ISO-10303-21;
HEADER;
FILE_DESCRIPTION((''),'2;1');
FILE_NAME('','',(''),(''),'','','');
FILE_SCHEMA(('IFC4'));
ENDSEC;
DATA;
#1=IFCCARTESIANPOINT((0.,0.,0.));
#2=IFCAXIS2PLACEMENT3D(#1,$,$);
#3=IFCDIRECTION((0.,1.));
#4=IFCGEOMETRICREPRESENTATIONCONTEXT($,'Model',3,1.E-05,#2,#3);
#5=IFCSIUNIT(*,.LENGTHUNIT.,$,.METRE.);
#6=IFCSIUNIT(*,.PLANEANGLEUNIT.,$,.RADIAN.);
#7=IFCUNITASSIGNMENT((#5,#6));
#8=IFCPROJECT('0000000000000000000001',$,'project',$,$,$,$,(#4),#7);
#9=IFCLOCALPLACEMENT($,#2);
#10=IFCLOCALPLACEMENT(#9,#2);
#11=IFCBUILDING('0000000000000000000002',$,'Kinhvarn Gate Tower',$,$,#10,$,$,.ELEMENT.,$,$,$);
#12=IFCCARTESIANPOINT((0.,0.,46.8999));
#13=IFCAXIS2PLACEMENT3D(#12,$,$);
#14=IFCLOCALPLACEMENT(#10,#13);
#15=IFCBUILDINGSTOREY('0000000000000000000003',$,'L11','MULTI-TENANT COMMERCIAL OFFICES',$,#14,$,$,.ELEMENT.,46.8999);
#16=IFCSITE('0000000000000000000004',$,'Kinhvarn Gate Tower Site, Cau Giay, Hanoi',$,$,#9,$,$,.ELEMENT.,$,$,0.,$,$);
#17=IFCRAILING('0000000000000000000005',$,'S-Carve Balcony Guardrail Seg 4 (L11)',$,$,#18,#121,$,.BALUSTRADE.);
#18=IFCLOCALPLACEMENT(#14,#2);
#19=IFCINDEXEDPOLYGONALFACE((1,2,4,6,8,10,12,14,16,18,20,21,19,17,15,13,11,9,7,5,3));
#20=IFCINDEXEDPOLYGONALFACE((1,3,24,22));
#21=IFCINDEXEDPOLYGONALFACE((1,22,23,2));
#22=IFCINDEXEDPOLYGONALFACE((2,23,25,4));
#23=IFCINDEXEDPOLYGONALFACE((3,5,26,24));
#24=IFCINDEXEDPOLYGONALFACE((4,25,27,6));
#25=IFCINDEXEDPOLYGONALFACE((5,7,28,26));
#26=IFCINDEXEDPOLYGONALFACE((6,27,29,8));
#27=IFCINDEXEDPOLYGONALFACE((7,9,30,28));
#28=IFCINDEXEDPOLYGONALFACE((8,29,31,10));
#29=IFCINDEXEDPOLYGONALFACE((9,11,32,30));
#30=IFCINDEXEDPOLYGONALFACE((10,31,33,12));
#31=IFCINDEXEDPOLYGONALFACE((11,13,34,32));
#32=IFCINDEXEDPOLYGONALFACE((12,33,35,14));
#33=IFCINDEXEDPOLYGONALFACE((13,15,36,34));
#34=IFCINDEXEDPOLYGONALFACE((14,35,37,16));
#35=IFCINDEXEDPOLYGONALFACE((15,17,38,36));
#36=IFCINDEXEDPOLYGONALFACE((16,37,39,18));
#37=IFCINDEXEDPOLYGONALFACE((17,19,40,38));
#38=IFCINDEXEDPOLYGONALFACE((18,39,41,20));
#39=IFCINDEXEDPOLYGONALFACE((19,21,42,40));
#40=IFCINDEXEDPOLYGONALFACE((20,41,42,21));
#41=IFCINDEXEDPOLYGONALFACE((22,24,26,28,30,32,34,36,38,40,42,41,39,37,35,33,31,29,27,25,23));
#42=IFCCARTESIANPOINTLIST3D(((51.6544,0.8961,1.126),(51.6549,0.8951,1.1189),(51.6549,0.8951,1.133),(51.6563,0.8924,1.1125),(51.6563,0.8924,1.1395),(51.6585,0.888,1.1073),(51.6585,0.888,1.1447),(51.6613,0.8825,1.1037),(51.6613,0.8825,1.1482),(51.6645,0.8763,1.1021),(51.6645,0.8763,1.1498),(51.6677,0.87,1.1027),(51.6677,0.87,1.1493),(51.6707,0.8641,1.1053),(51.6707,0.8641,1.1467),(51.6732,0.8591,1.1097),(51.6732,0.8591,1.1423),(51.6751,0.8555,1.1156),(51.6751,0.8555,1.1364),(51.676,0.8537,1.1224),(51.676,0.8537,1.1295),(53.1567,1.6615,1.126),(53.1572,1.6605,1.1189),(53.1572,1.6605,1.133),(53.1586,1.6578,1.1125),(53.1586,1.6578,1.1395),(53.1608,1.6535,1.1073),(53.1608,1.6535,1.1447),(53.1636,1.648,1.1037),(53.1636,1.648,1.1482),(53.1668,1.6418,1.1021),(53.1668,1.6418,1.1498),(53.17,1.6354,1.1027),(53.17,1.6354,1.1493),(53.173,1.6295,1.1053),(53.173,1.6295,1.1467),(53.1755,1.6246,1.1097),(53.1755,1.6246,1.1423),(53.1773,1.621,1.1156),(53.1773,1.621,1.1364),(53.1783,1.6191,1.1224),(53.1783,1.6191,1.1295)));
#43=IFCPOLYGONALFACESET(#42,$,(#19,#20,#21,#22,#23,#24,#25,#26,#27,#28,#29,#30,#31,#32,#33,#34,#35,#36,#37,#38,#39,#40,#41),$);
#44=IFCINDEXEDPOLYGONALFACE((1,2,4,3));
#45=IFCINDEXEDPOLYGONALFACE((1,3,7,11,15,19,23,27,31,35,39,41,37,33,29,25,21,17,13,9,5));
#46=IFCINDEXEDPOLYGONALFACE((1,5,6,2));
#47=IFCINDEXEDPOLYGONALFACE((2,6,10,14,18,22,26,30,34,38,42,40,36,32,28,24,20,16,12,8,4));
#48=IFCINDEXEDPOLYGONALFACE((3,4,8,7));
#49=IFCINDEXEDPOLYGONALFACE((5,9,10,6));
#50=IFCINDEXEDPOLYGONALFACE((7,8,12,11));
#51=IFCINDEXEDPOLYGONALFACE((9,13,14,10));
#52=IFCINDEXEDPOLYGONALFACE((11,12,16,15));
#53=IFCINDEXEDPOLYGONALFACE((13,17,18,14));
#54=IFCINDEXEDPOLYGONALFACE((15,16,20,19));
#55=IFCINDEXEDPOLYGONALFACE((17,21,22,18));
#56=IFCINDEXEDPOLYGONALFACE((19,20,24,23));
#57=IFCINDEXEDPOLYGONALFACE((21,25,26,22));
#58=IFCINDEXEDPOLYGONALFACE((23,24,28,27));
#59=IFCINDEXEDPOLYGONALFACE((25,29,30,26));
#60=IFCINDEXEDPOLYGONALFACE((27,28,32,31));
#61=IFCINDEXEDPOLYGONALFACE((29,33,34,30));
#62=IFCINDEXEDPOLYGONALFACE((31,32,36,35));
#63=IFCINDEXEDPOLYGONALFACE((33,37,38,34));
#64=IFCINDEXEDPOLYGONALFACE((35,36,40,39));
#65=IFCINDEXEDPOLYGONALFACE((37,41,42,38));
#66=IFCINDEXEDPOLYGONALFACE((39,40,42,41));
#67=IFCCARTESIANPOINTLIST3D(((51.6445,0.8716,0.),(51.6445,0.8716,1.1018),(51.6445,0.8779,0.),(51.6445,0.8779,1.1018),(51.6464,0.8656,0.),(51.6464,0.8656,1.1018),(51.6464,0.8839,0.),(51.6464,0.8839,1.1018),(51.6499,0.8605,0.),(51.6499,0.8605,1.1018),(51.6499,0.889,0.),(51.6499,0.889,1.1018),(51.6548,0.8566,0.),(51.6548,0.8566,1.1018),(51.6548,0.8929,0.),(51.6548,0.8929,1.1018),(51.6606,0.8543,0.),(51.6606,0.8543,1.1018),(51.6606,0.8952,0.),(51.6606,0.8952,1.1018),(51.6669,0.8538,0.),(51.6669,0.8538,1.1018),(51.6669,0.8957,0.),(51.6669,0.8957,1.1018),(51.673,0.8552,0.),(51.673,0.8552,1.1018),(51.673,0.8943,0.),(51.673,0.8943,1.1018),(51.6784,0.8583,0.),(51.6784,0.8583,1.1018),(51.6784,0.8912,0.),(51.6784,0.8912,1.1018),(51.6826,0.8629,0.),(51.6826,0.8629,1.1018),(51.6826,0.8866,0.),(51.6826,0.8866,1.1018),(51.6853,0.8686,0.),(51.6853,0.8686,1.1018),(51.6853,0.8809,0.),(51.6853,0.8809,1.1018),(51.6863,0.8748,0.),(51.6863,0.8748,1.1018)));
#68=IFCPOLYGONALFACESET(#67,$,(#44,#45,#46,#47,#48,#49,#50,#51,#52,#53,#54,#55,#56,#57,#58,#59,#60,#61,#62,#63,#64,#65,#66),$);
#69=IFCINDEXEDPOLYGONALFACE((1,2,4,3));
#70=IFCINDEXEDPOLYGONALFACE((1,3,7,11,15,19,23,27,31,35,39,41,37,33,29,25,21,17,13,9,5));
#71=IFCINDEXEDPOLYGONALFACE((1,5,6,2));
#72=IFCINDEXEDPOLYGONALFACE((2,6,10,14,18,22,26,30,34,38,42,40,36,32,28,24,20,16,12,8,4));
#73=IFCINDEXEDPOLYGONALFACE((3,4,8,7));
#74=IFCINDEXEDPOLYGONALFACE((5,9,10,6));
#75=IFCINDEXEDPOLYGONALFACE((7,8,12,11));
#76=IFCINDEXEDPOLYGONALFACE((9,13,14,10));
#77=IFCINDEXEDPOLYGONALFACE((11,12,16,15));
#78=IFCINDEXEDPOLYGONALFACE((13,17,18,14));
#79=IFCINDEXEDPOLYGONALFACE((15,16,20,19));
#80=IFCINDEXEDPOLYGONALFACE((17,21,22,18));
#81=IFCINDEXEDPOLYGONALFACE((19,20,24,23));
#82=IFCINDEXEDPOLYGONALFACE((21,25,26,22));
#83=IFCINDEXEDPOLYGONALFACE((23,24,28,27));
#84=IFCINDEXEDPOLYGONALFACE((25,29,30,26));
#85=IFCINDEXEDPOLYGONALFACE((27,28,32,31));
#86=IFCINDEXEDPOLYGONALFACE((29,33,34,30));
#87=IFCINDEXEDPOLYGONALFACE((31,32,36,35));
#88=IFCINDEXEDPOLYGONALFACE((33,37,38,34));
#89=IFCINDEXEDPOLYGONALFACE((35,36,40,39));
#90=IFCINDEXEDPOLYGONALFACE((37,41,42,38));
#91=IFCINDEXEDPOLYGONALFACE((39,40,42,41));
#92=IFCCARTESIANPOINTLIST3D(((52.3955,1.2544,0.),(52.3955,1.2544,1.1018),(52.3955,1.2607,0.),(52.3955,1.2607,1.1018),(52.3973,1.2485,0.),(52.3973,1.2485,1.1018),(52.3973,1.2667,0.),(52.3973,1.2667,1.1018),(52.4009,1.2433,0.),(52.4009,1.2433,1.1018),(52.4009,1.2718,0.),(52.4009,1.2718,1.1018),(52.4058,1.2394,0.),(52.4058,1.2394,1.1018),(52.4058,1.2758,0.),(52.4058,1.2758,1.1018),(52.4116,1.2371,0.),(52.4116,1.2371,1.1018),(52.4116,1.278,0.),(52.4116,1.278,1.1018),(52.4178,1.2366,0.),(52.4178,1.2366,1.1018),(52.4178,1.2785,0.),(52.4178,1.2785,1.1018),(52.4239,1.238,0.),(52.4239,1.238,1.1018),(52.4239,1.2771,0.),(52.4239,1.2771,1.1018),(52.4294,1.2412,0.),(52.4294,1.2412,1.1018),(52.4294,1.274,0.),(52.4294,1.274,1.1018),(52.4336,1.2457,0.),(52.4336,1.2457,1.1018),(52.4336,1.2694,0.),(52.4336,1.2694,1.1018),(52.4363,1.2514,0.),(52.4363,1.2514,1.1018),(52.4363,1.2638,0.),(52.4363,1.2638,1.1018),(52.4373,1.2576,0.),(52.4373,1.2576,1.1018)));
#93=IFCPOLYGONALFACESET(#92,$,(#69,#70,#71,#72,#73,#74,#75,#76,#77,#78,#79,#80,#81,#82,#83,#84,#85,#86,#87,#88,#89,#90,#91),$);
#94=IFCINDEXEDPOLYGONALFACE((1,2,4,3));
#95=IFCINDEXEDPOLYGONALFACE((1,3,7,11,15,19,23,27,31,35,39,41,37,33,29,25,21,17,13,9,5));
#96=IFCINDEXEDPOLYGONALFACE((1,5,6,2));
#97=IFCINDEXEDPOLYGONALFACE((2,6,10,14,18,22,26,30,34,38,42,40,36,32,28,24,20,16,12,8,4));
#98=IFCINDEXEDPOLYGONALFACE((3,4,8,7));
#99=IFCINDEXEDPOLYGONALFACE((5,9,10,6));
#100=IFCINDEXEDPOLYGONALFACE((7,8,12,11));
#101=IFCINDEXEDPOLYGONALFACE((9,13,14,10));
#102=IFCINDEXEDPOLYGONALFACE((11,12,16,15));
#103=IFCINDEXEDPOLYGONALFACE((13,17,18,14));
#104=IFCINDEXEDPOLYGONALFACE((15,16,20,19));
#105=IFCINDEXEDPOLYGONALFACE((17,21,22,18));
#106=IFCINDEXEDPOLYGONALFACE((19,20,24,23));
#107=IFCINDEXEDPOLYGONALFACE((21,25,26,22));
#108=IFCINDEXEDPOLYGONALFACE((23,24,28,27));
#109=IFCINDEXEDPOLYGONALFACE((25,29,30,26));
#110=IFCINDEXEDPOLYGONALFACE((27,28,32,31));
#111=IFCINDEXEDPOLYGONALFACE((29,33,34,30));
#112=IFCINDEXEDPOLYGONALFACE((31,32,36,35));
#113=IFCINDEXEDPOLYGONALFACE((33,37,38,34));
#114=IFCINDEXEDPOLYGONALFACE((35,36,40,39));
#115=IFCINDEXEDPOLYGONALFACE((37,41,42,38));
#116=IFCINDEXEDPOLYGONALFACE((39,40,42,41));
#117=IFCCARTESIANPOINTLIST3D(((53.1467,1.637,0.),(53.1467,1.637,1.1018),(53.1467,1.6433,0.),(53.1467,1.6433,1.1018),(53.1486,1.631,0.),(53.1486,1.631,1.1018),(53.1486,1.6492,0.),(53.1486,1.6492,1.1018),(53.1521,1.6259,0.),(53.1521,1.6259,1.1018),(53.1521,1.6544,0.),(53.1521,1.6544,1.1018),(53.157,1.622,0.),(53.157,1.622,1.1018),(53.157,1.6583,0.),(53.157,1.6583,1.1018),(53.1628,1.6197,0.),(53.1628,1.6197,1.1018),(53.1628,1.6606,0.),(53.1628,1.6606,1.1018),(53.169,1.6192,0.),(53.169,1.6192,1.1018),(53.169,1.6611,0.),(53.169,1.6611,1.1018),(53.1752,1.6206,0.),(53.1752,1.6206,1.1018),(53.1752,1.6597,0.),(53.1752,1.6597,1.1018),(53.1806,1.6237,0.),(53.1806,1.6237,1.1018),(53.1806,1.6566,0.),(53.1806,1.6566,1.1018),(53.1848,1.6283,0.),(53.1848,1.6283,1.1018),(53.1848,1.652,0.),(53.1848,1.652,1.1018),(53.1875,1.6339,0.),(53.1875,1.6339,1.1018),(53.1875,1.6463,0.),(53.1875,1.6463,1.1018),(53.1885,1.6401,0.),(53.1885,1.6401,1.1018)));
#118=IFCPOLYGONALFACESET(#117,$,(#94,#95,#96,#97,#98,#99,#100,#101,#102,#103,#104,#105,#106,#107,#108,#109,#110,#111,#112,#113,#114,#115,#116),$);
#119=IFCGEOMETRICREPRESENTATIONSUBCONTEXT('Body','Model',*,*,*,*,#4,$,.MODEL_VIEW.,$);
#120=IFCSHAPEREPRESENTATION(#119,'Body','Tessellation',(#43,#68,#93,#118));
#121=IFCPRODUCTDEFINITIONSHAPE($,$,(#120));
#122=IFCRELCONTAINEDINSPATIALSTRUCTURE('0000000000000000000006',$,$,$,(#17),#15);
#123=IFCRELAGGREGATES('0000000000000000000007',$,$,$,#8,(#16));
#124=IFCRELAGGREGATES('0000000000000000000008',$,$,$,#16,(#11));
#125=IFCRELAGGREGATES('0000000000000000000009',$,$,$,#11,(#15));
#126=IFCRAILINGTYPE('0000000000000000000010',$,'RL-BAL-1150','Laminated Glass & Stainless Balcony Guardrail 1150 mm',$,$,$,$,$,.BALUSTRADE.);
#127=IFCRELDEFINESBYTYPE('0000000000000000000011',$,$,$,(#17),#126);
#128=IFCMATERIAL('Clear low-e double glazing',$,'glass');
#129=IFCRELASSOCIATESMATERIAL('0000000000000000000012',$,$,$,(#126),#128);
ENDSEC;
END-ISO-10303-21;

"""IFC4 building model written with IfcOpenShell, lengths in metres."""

from ifc_helpers import new_model, si_unit, direction, frame, origin, origin_2d, place, context, subcontext, project, spatial, circle, extrude, material, type_object, element, save


model = new_model("IFC4")

# Units and contexts
model_context = context("Model", 3, precision=1e-05, world=origin(), true_north=direction((0.0, 1.0)))
body_context = subcontext(model_context, "Body", "Model", "MODEL_VIEW")
ifc_project = project(units=[si_unit("LENGTHUNIT", "METRE"), si_unit("PLANEANGLEUNIT", "RADIAN")], contexts=[model_context])

# Site, building, storey
site_placement = place(None, origin())
site = spatial("IfcSite", under=ifc_project, at=site_placement, Name="Kinhvarn Gate Tower Site, Cau Giay, Hanoi", CompositionType="ELEMENT", RefElevation=0.0)
building_placement = place(site_placement, origin())
building = spatial("IfcBuilding", under=site, at=building_placement, Name="Kinhvarn Gate Tower", CompositionType="ELEMENT")
storey_placement = place(building_placement, frame((0.0, 0.0, 46.8999)))
storey = spatial("IfcBuildingStorey", under=building, at=storey_placement, Name="L11", Description="MULTI-TENANT COMMERCIAL OFFICES", CompositionType="ELEMENT", Elevation=46.8999)

# Shared definitions
ifc_material_1 = material(Name="Clear low-e double glazing", Category="glass")

# Railing
railing_type = type_object("IfcRailingType", Name="RL-BAL-1150", Description="Laminated Glass & Stainless Balcony Guardrail 1150 mm", PredefinedType="BALUSTRADE", material=ifc_material_1)
railing_1_placement = place(storey_placement, frame((51.6653, 0.8748, 0.0)))
element("IfcRailing", 1, at=railing_1_placement, inside=storey, type_object=railing_type, Name="S-Carve Balcony Guardrail Seg 4 (L11)", PredefinedType="BALUSTRADE", context=body_context, shape_type="SweptSolid", body=[
    extrude(circle(Radius=0.0239, at=origin_2d()), frame((0.0, 0.0, 1.126), z_axis=(0.891013, 0.453978, 0.0), x_axis=(-0.453978, 0.891013, 0.0)), (0.0, 0.0, 1.0), 1.686),
    extrude(circle(Radius=0.021, at=origin_2d()), origin(), (0.0, 0.0, 1.0), 1.1018),
    extrude(circle(Radius=0.021, at=origin_2d()), frame((0.751, 0.3828, 0.0)), (0.0, 0.0, 1.0), 1.1018),
    extrude(circle(Radius=0.021, at=origin_2d()), frame((1.5022, 0.7654, 0.0)), (0.0, 0.0, 1.0), 1.1018),
])

save(model, "model.ifc")
